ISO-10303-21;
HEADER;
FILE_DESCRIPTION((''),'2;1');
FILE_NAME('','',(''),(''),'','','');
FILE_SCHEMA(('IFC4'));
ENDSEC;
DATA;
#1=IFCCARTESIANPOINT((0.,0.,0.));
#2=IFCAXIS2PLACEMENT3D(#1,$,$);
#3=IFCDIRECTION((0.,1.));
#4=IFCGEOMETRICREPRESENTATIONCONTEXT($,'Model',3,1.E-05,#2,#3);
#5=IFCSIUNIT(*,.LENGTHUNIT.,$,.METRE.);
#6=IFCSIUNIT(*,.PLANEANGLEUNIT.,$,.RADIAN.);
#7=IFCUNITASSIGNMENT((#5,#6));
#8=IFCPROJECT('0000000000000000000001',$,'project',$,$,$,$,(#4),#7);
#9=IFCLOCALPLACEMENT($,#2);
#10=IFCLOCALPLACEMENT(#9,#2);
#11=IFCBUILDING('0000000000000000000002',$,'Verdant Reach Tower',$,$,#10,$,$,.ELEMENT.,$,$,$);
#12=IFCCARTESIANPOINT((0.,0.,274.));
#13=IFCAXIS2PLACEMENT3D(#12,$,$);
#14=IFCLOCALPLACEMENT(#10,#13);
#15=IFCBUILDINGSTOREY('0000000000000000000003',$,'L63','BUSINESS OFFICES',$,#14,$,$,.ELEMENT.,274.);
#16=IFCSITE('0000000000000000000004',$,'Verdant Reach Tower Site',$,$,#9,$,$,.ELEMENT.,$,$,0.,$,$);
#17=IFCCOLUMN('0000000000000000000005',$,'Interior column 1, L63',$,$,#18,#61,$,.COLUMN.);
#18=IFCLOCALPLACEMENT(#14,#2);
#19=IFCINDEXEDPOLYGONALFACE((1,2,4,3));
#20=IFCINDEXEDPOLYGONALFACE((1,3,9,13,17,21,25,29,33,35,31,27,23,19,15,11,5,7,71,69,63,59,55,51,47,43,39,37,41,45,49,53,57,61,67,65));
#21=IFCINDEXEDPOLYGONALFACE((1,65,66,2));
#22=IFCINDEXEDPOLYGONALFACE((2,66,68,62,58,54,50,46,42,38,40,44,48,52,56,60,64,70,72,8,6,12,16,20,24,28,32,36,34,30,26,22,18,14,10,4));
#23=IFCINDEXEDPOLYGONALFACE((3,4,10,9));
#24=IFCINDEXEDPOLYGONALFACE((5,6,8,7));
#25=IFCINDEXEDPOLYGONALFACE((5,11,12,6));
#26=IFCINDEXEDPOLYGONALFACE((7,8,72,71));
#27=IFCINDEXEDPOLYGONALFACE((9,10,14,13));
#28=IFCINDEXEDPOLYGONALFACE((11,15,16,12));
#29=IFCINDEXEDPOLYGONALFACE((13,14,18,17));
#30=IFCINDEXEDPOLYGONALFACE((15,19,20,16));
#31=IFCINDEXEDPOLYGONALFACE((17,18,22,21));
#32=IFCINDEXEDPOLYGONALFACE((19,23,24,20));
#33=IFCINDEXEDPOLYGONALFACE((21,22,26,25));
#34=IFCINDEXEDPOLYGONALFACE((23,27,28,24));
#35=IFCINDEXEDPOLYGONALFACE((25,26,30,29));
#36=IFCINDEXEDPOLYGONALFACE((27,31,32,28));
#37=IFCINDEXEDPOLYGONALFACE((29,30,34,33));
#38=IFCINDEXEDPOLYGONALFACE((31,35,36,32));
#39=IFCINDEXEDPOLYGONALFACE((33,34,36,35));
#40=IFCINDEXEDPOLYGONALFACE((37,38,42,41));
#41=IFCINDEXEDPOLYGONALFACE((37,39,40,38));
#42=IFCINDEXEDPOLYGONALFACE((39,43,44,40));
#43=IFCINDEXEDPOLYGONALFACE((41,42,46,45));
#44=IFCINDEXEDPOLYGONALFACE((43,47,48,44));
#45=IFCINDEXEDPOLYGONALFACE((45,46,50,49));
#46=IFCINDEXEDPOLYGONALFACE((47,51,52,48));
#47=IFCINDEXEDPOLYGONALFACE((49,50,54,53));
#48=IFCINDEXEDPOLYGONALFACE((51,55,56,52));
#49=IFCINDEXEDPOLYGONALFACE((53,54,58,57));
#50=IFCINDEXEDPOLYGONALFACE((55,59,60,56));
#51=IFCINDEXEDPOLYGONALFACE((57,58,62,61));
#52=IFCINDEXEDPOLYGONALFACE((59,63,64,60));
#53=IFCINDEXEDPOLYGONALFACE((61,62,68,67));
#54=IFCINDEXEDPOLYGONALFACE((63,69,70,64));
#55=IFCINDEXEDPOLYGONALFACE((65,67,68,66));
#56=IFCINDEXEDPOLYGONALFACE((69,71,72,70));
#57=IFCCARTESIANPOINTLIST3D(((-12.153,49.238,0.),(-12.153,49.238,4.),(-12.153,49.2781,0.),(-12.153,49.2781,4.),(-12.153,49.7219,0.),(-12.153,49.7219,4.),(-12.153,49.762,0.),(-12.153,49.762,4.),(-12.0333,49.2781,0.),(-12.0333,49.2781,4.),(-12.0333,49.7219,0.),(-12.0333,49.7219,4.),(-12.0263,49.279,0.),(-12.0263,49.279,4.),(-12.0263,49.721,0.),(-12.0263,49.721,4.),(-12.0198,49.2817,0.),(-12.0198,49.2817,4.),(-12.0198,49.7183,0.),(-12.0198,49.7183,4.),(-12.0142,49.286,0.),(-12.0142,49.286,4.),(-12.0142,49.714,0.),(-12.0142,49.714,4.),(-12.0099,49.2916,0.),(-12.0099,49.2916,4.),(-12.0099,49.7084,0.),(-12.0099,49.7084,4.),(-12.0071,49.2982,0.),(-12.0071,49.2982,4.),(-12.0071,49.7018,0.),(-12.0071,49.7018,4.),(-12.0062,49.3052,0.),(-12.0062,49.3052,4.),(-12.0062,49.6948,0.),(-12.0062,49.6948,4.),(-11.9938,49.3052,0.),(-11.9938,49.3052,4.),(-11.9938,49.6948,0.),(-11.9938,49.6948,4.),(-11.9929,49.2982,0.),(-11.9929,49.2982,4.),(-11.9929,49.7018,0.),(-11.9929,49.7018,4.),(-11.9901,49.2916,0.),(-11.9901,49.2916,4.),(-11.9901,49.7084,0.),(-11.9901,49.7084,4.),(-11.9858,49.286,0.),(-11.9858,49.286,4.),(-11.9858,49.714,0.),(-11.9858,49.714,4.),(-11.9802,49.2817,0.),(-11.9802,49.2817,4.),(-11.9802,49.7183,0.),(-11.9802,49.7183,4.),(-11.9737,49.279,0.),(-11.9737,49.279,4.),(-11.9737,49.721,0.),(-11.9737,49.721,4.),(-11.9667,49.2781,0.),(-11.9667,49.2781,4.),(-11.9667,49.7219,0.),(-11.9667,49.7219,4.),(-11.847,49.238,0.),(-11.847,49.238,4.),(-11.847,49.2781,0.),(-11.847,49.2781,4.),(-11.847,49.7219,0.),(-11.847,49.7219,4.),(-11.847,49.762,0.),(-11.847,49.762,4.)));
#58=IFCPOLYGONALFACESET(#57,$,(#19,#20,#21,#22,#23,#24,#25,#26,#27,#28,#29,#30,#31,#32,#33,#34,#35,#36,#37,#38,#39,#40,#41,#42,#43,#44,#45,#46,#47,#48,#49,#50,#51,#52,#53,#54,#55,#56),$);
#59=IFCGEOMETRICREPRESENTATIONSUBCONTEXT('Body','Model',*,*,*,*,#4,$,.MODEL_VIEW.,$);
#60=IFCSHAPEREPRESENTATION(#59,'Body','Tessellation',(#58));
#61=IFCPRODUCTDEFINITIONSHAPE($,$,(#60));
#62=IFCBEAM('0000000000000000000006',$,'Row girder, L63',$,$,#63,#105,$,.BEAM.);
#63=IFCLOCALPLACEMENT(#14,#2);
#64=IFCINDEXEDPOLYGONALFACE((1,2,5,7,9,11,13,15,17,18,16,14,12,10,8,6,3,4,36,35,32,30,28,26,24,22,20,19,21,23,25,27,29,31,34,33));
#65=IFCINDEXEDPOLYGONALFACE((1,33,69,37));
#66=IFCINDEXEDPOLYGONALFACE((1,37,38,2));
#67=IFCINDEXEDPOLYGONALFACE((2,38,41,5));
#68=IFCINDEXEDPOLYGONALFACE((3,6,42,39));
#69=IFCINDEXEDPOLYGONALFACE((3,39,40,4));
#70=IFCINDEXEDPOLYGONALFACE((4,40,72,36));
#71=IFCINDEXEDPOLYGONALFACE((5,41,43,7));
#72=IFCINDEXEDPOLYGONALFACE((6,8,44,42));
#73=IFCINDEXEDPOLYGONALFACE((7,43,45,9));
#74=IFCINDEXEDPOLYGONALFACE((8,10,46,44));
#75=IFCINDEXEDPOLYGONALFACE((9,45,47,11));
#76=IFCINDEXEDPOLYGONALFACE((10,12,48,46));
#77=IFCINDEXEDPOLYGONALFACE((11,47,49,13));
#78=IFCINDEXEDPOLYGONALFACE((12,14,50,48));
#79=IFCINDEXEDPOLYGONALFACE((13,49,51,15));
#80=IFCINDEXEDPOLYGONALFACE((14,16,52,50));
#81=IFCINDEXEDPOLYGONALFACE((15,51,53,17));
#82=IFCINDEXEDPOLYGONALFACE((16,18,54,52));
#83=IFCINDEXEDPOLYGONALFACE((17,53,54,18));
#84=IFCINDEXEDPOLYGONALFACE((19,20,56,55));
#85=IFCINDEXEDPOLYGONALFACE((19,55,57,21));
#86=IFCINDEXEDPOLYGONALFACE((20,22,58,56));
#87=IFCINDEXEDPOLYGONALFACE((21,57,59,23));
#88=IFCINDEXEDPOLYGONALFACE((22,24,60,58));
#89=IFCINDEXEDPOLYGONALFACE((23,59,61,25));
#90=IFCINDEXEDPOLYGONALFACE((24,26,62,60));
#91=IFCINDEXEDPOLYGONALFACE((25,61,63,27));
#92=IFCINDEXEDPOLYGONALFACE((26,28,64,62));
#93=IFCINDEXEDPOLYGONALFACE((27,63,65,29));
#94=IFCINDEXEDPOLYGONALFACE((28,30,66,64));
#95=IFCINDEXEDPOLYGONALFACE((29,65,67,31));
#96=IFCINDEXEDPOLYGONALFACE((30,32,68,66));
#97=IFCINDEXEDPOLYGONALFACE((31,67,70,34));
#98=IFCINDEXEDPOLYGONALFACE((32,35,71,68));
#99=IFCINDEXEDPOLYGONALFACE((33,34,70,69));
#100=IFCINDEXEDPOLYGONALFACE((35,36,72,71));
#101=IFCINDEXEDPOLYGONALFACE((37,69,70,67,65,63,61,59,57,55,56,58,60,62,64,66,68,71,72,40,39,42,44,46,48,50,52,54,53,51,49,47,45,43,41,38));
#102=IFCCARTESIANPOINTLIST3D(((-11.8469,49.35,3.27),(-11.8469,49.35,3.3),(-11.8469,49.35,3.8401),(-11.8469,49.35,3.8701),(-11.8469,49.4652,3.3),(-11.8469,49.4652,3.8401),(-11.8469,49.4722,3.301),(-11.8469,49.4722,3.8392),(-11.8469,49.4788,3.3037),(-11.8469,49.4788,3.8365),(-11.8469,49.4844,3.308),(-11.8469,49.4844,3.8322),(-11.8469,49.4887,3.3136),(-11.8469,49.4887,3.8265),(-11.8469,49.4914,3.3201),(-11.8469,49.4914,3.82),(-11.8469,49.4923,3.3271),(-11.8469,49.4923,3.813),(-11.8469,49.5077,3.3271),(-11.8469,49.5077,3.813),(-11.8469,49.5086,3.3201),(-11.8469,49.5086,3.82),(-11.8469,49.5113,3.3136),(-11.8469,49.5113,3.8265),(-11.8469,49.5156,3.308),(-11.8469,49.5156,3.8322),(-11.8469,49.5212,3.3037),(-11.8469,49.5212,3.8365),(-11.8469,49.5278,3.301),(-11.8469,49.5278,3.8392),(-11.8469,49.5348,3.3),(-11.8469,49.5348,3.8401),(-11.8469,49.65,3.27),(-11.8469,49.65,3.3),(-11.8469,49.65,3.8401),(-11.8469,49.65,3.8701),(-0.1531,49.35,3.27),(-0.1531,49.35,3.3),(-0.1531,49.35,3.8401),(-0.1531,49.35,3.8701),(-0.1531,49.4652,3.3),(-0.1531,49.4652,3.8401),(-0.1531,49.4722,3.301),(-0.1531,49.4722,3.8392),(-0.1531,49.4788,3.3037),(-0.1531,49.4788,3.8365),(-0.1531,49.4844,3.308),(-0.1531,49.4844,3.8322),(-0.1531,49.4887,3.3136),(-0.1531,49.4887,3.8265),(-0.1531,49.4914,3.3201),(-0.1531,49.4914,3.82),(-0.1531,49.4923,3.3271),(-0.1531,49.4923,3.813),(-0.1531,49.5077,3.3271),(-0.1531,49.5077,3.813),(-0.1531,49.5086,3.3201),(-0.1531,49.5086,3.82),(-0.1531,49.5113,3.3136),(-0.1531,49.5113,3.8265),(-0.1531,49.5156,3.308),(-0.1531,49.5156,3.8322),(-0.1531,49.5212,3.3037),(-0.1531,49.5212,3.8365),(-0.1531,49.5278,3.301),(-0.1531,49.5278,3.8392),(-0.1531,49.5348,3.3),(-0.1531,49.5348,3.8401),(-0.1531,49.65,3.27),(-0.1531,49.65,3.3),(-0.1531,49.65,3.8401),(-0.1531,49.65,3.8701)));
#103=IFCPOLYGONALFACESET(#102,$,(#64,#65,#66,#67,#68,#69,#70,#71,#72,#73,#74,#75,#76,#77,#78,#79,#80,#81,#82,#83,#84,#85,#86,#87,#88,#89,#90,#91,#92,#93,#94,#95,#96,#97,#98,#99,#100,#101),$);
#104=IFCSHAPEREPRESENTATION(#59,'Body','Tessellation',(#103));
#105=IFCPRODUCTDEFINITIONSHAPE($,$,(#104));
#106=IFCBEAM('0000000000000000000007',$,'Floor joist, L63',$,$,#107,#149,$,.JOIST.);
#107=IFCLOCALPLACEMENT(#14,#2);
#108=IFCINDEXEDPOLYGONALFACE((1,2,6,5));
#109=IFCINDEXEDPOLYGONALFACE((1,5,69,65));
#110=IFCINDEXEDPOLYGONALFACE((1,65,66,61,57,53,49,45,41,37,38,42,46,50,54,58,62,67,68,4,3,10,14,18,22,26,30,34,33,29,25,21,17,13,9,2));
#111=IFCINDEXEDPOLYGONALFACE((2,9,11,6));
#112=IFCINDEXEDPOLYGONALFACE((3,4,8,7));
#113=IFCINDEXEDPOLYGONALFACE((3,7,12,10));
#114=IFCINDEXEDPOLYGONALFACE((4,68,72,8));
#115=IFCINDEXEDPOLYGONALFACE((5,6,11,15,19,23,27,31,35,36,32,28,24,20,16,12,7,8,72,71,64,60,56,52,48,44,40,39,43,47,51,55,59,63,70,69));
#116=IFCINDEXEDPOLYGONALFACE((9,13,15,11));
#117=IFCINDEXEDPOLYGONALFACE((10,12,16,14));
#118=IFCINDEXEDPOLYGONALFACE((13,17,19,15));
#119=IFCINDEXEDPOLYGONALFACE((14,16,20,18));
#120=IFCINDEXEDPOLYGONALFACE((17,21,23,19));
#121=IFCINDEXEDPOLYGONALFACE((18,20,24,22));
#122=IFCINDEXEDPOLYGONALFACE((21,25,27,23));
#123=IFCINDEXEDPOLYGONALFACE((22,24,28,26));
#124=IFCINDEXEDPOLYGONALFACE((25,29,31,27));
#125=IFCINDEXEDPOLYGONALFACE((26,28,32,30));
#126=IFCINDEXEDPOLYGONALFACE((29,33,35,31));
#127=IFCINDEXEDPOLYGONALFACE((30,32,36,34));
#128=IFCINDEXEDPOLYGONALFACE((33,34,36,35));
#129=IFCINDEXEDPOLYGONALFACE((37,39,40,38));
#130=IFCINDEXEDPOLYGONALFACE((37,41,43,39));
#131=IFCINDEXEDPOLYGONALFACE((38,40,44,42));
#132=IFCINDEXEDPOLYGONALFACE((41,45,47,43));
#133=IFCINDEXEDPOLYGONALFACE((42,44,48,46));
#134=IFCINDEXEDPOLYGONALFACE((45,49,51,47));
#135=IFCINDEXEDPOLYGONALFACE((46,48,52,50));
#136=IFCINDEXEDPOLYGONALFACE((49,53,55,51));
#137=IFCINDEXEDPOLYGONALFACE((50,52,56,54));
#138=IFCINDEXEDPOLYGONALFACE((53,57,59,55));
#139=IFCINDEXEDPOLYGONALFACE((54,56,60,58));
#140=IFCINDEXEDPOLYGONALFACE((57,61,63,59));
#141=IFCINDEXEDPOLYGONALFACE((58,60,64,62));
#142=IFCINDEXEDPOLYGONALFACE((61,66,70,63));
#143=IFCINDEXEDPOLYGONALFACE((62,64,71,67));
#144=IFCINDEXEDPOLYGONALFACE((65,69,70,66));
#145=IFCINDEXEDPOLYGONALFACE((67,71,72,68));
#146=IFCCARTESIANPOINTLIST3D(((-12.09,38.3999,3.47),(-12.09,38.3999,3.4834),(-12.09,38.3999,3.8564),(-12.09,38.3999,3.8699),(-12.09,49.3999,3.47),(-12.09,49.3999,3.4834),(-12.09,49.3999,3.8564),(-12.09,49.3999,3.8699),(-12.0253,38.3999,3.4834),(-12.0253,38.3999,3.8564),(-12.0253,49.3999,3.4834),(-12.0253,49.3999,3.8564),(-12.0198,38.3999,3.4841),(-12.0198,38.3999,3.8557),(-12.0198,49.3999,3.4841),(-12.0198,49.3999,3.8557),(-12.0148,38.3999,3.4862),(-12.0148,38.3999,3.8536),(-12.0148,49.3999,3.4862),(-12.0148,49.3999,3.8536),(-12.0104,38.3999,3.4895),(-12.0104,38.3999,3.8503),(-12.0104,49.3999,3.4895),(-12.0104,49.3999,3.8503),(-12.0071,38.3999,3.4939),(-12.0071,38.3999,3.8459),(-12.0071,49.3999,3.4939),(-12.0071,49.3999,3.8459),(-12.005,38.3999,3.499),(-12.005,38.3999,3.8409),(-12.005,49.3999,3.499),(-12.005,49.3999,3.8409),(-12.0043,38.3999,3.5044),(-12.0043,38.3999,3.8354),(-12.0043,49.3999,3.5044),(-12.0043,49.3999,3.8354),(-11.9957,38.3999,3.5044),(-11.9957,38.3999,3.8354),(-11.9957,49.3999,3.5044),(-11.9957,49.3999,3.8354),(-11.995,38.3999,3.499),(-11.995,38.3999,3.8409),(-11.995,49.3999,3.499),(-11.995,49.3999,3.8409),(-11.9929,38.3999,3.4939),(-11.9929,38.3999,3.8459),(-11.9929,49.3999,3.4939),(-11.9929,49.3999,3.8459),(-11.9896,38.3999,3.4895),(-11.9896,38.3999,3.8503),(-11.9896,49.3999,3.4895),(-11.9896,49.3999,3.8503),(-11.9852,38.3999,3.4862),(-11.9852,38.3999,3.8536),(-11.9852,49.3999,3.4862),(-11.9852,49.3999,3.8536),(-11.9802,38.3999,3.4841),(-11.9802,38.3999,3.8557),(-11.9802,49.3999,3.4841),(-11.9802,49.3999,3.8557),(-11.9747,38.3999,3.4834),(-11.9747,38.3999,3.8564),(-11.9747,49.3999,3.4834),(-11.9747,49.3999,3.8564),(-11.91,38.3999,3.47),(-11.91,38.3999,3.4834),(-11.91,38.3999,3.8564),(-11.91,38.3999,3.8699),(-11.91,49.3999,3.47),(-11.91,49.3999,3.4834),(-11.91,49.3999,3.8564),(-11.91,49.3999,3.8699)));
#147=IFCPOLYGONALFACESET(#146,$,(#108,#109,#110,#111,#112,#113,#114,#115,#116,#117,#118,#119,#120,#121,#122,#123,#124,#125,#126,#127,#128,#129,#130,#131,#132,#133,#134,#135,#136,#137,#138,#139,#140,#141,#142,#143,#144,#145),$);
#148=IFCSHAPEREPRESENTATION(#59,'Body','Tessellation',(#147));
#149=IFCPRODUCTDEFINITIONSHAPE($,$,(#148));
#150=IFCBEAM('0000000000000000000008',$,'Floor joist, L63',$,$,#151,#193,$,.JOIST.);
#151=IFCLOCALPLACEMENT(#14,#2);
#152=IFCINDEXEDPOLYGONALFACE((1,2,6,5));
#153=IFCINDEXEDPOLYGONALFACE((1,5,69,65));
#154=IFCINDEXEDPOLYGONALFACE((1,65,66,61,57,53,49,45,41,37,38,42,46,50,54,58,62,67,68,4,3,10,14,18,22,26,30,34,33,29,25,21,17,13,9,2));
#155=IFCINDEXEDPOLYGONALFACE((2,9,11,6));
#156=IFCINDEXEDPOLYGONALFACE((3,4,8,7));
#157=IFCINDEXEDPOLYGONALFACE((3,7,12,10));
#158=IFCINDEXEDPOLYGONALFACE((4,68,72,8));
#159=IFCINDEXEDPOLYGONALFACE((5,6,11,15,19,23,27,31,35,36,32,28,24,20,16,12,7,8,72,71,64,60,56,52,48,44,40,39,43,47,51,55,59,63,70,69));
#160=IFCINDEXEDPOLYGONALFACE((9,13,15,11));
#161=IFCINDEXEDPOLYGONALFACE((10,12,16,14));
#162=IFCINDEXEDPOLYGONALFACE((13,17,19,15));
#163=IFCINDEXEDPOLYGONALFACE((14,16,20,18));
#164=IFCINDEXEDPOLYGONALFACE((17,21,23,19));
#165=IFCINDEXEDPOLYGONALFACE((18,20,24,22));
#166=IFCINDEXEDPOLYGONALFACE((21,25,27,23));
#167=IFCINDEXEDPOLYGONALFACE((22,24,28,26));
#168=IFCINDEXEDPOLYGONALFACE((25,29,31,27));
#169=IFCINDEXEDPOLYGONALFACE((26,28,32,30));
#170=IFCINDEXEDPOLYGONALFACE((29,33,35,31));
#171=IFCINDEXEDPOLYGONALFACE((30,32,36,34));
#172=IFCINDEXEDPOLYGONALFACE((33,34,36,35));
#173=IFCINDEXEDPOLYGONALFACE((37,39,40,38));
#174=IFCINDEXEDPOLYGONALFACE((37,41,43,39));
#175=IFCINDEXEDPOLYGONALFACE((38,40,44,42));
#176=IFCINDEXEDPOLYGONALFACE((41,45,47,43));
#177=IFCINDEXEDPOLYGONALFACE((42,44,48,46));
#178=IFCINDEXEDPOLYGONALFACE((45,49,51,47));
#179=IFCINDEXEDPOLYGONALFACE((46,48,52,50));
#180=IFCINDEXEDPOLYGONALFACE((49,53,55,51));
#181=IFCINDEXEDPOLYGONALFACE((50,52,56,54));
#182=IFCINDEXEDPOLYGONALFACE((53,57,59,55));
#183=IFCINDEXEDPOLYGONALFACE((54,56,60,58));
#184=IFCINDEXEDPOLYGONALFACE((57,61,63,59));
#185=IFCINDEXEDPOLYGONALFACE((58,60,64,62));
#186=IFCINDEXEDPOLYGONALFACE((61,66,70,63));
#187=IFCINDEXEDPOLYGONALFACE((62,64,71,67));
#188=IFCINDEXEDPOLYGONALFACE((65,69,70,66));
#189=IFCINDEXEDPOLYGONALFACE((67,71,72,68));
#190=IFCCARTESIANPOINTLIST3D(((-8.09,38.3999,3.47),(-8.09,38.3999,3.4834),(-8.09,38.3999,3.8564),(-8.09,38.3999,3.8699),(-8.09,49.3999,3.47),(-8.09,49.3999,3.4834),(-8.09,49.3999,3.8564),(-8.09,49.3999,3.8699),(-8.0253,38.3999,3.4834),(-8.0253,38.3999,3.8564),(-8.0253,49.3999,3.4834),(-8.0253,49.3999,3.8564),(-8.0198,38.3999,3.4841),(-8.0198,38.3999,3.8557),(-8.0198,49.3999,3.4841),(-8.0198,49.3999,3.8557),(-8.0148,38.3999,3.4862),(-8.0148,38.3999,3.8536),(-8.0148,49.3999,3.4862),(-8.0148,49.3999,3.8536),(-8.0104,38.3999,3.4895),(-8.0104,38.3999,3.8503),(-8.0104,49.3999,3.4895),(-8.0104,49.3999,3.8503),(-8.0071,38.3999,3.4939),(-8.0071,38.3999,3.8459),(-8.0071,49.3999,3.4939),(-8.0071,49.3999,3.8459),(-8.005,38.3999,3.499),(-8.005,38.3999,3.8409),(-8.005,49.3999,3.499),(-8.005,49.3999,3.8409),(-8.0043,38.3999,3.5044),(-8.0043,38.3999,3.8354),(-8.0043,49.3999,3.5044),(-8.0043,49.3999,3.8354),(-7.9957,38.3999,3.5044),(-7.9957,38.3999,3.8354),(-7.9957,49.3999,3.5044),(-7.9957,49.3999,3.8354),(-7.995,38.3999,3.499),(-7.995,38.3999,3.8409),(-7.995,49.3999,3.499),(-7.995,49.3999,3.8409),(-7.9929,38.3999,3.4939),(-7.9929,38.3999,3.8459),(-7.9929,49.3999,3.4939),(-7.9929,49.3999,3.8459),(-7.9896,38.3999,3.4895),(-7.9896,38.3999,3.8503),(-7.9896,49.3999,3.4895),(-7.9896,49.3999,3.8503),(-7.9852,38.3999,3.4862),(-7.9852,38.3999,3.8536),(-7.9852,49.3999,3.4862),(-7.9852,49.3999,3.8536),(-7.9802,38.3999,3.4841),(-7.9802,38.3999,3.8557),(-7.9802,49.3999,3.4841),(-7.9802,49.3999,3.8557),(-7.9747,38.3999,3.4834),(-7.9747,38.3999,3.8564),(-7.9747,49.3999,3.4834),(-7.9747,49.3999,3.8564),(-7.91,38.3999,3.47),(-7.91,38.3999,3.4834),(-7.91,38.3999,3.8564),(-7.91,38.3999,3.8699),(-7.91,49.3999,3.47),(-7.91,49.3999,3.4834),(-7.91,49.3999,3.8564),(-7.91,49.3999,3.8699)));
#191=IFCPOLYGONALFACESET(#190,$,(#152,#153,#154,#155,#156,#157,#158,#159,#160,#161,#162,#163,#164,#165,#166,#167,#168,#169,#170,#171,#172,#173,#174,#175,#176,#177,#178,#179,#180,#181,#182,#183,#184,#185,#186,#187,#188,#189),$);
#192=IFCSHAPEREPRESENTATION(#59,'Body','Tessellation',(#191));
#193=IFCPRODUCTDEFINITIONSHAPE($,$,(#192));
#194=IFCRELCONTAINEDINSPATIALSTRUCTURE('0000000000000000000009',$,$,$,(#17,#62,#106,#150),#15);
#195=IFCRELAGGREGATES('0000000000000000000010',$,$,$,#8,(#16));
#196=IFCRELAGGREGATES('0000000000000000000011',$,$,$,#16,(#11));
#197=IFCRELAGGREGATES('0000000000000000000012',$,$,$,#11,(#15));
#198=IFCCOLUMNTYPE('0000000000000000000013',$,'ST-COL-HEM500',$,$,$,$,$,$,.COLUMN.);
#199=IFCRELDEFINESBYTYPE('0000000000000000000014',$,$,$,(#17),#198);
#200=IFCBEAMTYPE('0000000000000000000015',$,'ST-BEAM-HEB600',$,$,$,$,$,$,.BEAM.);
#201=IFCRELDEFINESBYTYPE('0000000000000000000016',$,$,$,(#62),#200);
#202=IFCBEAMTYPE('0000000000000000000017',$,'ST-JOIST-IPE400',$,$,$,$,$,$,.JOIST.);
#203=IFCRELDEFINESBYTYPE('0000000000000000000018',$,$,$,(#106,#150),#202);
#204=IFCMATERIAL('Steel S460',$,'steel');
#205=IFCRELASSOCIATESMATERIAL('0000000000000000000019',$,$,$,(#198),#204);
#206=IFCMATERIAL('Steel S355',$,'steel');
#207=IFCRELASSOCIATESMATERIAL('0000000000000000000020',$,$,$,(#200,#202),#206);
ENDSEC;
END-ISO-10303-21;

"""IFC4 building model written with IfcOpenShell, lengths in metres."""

from ifc_helpers import new_model, si_unit, direction, frame, origin, origin_2d, place, context, subcontext, project, spatial, i_section, extrude, material, material_profile, profile_set, type_object, element, save


model = new_model("IFC4")

# Units and contexts
model_context = context("Model", 3, precision=1e-05, world=origin(), true_north=direction((0.0, 1.0)))
body_context = subcontext(model_context, "Body", "Model", "MODEL_VIEW")
ifc_project = project(units=[si_unit("LENGTHUNIT", "METRE"), si_unit("PLANEANGLEUNIT", "RADIAN")], contexts=[model_context])

# Site, building, storey
site_placement = place(None, origin())
site = spatial("IfcSite", under=ifc_project, at=site_placement, Name="Verdant Reach Tower Site", CompositionType="ELEMENT", RefElevation=0.0)
building_placement = place(site_placement, origin())
building = spatial("IfcBuilding", under=site, at=building_placement, Name="Verdant Reach Tower", CompositionType="ELEMENT")
storey_placement = place(building_placement, frame((0.0, 0.0, 274.0)))
storey = spatial("IfcBuildingStorey", under=building, at=storey_placement, Name="L63", Description="BUSINESS OFFICES", CompositionType="ELEMENT", Elevation=274.0)

# Column
ifc_material_1 = material(Name="Steel S460", Category="steel")
ifc_material_profile_1 = material_profile(ifc_material_1, i_section(OverallWidth=0.3059, OverallDepth=0.5239, WebThickness=0.0125, FlangeThickness=0.04, FilletRadius=0.0271, at=origin_2d()), Name="HEM 500")
ifc_profile_set_1 = profile_set([ifc_material_profile_1], Name="Steel S460")
column_type = type_object("IfcColumnType", Name="ST-COL-HEM500", PredefinedType="COLUMN", material=ifc_profile_set_1)
column_placement = place(storey_placement, frame((-12.0, 49.5, 0.0), z_axis=(0.0, 0.0, 1.0), x_axis=(1.0, 0.0, 0.0)))
element("IfcColumn", 1, at=column_placement, inside=storey, type_object=column_type, Name="Interior column 1, L63", PredefinedType="COLUMN", context=body_context, shape_type="SweptSolid", body=[
    extrude(i_section(OverallWidth=0.3059, OverallDepth=0.5239, WebThickness=0.0125, FlangeThickness=0.04, FilletRadius=0.0271, at=origin_2d()), origin(), (0.0, 0.0, 1.0), 4.0),
])

# Beams
ifc_material_2 = material(Name="Steel S355", Category="steel")
ifc_material_profile_2 = material_profile(ifc_material_2, i_section(OverallWidth=0.3, OverallDepth=0.6001, WebThickness=0.0154, FlangeThickness=0.03, FilletRadius=0.0271, at=origin_2d()), Name="HEB 600")
ifc_profile_set_2 = profile_set([ifc_material_profile_2], Name="Steel S355")
beam_type_1 = type_object("IfcBeamType", Name="ST-BEAM-HEB600", PredefinedType="BEAM", material=ifc_profile_set_2)
beam_1_placement = place(storey_placement, frame((-11.8469, 49.5, 3.5701), z_axis=(1.0, 0.0, 0.0), x_axis=(0.0, 1.0, 0.0)))
element("IfcBeam", 2, at=beam_1_placement, inside=storey, type_object=beam_type_1, Name="Row girder, L63", PredefinedType="BEAM", context=body_context, shape_type="SweptSolid", body=[
    extrude(i_section(OverallWidth=0.3, OverallDepth=0.6001, WebThickness=0.0154, FlangeThickness=0.03, FilletRadius=0.0271, at=origin_2d()), origin(), (0.0, 0.0, 1.0), 11.6938),
])
ifc_material_profile_3 = material_profile(ifc_material_2, i_section(OverallWidth=0.1799, OverallDepth=0.3999, WebThickness=0.0085, FlangeThickness=0.0134, FilletRadius=0.021, at=origin_2d()), Name="IPE 400")
ifc_profile_set_3 = profile_set([ifc_material_profile_3], Name="Steel S355")
beam_type_2 = type_object("IfcBeamType", Name="ST-JOIST-IPE400", PredefinedType="JOIST", material=ifc_profile_set_3)
for number, where, z_axis, x_axis, name in (
    (3, (-12.0, 38.3999, 3.6699), (0.0, 1.0, 0.0), (-1.0, 0.0, 0.0), "Floor joist, L63"),
    (4, (-8.0, 38.3999, 3.6699), (0.0, 1.0, 0.0), (-1.0, 0.0, 0.0), "Floor joist, L63"),
):
    element("IfcBeam", number, at=place(storey_placement, frame(where, z_axis=z_axis, x_axis=x_axis)), inside=storey, type_object=beam_type_2, Name=name, PredefinedType="JOIST", context=body_context, shape_type="SweptSolid", body=[
        extrude(i_section(OverallWidth=0.1799, OverallDepth=0.3999, WebThickness=0.0085, FlangeThickness=0.0134, FilletRadius=0.021, at=origin_2d()), origin(), (0.0, 0.0, 1.0), 11.0),
    ])

save(model, "model.ifc")
